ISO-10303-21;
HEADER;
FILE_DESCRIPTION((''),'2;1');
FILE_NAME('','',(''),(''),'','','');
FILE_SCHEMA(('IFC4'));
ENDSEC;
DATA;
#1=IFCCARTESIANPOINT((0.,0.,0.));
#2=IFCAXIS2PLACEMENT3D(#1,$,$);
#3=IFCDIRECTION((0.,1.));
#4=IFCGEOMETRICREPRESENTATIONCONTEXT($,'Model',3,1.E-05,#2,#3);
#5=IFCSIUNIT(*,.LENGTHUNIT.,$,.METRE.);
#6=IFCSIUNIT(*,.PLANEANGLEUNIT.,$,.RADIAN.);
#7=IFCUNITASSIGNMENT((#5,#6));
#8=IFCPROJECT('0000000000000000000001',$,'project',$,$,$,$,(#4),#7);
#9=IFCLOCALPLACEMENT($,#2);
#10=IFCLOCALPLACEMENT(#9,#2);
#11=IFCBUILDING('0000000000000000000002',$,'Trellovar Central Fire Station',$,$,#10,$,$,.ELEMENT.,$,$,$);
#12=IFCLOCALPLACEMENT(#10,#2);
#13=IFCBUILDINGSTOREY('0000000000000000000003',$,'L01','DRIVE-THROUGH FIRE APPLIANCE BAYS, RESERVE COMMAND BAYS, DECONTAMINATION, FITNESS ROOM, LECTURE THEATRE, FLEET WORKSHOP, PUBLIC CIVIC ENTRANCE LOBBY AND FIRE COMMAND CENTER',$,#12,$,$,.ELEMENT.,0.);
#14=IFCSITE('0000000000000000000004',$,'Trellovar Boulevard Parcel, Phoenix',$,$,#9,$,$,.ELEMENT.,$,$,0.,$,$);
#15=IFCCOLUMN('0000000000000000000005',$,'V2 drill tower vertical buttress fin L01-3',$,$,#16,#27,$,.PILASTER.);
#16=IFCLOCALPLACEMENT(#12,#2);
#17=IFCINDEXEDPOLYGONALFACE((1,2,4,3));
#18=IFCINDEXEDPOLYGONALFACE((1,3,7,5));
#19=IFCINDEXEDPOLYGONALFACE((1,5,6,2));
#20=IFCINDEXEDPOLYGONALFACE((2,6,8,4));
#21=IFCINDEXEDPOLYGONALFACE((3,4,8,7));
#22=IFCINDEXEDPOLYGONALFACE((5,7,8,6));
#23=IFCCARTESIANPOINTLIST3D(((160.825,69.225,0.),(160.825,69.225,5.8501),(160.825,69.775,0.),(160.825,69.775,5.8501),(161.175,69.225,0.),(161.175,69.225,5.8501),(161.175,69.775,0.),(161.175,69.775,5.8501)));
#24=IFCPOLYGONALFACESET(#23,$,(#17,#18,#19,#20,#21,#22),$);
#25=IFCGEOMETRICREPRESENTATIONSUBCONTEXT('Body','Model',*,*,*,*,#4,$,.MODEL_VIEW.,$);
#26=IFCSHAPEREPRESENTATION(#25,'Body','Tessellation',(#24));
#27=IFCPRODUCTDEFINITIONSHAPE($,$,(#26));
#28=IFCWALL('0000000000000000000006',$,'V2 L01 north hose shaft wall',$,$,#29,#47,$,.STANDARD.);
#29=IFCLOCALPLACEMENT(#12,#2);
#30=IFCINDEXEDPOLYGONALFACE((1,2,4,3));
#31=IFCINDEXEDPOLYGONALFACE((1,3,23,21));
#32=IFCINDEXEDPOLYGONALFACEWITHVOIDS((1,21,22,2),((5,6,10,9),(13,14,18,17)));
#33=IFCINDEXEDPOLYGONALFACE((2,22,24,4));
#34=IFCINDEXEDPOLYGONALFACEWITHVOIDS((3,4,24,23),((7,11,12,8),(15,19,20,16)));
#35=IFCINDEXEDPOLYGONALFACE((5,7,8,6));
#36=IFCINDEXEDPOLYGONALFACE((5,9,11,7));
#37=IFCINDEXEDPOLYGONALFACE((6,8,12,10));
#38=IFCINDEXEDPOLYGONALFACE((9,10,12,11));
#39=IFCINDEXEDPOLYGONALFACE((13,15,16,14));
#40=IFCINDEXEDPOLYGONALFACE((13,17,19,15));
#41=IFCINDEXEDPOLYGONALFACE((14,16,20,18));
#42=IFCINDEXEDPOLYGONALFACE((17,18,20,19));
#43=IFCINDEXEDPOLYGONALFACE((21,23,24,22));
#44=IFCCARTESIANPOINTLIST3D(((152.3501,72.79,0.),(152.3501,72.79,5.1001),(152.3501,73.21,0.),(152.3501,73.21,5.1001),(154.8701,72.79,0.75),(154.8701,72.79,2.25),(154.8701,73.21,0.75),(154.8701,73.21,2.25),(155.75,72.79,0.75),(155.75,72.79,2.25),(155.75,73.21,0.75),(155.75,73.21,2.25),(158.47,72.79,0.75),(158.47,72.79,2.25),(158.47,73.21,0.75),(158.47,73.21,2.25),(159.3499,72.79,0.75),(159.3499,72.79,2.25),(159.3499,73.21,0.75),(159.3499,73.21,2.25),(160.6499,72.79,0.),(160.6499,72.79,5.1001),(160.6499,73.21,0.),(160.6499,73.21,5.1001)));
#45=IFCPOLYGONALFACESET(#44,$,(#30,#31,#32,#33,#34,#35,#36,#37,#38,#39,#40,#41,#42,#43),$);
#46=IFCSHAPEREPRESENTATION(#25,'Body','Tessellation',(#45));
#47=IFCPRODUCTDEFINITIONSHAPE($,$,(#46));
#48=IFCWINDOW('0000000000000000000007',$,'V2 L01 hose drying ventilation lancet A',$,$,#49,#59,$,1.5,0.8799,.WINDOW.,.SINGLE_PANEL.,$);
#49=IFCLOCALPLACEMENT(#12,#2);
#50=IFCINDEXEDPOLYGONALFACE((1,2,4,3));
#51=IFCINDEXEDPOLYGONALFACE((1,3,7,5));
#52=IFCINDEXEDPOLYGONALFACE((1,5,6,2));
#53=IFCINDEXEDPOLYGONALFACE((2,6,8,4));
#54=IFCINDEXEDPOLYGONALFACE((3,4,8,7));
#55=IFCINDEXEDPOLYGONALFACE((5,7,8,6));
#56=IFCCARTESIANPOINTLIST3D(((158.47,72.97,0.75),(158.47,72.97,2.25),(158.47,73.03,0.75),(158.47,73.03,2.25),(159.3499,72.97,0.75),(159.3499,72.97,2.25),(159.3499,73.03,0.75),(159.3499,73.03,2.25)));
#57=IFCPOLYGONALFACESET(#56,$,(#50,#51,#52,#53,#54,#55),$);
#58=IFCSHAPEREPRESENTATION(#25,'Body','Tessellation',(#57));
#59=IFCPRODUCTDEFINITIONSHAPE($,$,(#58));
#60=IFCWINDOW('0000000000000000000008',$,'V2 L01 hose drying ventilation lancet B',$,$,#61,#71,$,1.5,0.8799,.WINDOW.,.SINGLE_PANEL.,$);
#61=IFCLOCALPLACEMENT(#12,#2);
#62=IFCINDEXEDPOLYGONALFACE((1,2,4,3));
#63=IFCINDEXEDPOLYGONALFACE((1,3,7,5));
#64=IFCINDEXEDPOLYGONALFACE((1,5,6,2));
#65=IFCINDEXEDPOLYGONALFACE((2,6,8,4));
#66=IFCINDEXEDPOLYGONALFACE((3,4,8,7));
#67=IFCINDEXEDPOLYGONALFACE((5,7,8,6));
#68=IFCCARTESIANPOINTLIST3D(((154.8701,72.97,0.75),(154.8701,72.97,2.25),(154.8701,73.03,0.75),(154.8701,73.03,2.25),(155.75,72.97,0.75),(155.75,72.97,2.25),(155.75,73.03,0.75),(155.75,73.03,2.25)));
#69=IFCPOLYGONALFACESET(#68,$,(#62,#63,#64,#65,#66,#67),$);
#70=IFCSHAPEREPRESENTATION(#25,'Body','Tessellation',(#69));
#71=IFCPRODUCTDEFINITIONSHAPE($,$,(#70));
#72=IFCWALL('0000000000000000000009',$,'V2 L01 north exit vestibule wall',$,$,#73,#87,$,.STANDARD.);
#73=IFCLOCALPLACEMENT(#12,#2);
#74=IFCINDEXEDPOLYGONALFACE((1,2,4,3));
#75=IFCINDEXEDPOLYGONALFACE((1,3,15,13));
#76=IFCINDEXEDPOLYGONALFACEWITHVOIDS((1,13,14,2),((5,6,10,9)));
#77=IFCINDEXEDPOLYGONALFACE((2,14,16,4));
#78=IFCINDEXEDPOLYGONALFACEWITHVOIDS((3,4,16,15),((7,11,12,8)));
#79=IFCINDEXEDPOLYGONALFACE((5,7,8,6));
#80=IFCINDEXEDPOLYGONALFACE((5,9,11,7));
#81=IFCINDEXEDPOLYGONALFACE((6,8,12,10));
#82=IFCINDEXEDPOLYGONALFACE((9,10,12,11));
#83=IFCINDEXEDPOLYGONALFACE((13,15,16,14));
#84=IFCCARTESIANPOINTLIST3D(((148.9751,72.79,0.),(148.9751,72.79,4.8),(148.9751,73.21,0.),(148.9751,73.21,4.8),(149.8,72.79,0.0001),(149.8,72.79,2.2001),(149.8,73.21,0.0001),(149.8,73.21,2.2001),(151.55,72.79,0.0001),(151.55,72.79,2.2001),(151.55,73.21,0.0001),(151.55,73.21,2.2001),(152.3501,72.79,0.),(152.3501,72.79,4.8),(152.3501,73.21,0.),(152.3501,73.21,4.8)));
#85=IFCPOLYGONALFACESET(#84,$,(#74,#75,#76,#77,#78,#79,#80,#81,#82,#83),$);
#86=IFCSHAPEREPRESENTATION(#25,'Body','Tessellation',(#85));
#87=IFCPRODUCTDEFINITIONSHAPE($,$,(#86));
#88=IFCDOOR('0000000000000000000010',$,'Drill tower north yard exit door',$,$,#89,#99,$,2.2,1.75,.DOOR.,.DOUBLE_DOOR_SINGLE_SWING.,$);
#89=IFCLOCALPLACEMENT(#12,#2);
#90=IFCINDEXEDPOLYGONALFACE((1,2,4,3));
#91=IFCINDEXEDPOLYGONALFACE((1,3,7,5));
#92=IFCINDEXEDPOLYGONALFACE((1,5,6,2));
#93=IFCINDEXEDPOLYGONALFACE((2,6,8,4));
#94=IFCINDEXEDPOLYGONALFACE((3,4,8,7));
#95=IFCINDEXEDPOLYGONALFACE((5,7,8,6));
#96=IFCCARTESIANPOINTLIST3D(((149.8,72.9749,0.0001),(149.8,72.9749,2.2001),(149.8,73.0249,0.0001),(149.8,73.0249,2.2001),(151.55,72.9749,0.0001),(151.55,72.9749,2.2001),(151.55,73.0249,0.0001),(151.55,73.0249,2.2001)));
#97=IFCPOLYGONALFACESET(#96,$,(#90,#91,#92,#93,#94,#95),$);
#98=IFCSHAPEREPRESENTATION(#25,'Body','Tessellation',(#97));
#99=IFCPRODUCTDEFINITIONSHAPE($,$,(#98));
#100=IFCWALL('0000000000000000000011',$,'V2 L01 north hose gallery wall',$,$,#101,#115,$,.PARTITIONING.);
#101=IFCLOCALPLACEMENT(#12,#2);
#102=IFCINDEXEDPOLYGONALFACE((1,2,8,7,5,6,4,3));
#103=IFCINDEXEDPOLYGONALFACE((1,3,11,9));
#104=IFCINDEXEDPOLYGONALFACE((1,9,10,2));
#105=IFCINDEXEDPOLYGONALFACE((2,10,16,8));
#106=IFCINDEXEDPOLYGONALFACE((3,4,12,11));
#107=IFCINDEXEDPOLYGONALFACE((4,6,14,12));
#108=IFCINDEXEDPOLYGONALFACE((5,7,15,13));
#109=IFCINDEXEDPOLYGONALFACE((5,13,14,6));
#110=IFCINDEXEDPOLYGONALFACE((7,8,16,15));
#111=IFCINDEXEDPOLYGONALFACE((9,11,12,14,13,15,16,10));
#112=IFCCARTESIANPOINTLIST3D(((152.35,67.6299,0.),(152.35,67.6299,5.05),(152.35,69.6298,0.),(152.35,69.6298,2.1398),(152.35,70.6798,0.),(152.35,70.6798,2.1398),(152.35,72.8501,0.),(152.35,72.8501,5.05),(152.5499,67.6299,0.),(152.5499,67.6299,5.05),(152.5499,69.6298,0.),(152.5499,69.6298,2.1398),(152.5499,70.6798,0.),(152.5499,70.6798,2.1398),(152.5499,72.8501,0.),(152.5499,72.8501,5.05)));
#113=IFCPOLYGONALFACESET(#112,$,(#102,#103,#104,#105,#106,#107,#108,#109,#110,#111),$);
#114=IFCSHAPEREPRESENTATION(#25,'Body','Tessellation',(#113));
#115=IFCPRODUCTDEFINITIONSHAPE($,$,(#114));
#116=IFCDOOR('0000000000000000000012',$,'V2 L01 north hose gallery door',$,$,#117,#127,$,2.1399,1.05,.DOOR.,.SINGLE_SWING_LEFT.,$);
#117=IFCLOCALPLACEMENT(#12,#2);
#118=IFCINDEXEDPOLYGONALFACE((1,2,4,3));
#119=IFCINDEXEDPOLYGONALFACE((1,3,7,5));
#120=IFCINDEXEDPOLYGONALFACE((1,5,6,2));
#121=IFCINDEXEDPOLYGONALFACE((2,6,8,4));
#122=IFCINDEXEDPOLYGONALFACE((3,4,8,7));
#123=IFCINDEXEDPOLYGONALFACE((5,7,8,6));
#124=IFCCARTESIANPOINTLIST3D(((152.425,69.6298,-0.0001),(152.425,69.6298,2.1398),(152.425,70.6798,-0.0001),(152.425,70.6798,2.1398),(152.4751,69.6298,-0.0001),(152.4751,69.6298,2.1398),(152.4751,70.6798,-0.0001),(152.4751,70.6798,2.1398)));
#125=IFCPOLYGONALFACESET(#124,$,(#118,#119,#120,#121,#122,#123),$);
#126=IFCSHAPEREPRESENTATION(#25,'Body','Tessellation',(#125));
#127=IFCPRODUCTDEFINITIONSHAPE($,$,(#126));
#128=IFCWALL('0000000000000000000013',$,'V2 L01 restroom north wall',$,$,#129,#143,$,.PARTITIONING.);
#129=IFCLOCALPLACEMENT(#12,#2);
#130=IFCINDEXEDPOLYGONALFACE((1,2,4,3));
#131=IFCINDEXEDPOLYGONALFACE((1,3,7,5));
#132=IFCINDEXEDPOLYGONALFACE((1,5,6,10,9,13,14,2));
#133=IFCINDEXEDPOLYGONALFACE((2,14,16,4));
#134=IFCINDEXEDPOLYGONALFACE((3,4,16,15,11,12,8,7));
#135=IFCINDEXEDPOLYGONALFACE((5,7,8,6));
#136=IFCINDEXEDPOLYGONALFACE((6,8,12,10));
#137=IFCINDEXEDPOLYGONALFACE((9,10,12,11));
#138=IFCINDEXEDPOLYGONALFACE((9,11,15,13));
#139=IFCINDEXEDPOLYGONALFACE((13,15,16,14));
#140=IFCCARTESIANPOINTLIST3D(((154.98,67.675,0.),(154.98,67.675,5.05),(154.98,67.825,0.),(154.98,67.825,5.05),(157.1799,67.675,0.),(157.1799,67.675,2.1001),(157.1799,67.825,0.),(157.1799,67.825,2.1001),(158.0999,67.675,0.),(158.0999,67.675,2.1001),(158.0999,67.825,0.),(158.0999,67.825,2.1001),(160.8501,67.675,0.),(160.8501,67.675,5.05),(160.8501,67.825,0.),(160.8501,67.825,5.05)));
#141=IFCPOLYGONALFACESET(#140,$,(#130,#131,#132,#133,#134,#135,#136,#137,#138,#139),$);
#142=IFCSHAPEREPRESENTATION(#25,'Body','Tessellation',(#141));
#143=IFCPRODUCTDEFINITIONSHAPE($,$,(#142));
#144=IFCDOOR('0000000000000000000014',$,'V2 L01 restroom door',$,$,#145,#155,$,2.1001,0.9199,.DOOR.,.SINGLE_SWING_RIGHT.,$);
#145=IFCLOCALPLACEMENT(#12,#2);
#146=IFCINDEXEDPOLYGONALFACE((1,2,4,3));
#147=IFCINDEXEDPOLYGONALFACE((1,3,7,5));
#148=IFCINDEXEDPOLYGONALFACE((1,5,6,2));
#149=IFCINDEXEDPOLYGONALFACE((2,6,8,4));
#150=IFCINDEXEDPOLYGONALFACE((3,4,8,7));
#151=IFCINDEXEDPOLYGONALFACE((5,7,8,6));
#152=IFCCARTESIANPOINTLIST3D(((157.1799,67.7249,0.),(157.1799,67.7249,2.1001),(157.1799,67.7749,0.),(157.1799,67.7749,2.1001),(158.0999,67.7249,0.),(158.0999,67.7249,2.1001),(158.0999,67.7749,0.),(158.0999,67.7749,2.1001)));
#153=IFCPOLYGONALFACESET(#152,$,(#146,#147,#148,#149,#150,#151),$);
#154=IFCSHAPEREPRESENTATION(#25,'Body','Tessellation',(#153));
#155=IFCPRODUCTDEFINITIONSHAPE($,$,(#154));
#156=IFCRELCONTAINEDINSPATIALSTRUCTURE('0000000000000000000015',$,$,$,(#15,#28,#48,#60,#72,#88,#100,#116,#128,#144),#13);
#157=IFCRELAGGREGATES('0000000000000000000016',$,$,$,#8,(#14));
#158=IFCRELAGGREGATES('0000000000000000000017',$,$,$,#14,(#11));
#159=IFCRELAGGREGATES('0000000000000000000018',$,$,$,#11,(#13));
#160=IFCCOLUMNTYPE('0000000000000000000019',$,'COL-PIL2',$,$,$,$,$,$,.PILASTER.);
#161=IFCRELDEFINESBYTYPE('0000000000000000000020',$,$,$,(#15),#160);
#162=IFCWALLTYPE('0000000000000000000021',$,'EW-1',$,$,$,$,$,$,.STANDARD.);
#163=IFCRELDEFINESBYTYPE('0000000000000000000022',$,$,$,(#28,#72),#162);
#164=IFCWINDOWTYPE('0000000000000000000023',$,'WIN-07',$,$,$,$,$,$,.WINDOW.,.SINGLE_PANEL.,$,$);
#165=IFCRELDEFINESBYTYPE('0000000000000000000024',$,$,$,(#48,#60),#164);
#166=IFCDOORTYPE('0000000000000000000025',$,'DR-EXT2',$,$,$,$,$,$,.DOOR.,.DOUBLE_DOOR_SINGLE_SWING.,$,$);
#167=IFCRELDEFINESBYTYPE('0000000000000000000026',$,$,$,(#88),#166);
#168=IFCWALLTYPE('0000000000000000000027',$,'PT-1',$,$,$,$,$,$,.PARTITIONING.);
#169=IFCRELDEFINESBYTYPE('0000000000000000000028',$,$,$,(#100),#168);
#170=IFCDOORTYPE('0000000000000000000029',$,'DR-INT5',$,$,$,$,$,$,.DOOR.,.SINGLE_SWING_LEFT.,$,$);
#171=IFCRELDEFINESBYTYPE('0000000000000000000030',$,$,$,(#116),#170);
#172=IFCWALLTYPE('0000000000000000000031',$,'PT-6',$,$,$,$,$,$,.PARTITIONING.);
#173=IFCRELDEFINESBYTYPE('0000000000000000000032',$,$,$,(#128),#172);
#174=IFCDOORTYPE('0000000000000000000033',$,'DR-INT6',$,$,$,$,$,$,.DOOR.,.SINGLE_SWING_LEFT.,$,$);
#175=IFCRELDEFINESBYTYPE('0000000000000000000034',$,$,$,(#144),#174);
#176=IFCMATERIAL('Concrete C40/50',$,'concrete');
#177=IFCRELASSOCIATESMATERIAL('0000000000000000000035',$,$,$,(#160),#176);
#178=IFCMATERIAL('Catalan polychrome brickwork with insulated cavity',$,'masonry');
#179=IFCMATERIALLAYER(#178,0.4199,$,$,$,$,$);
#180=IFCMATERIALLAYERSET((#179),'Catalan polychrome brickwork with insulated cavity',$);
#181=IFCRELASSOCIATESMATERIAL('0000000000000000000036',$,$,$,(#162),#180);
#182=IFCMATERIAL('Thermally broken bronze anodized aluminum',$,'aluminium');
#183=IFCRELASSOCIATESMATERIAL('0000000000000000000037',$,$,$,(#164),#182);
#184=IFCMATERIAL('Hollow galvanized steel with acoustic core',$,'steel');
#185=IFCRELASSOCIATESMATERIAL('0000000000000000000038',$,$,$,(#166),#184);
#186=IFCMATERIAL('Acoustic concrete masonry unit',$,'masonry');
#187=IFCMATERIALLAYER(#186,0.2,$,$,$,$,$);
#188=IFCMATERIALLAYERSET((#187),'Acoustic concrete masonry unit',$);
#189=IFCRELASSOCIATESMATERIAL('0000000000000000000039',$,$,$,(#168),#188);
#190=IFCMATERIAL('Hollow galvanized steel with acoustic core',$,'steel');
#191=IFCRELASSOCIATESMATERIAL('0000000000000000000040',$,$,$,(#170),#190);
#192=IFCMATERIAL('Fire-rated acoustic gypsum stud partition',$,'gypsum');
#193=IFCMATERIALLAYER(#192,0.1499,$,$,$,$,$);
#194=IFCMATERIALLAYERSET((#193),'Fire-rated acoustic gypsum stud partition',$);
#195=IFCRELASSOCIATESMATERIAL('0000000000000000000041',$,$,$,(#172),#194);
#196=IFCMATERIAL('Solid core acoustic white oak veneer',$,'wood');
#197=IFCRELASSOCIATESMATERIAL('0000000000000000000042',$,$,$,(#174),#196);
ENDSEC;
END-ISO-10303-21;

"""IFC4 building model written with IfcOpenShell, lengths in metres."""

from ifc_helpers import new_model, si_unit, direction, frame, frame_2d, origin, origin_2d, place, context, subcontext, project, spatial, rectangle, extrude, material, layer, layer_set, material_profile, profile_set, type_object, element, fill, save


model = new_model("IFC4")

# Units and contexts
model_context = context("Model", 3, precision=1e-05, world=origin(), true_north=direction((0.0, 1.0)))
body_context = subcontext(model_context, "Body", "Model", "MODEL_VIEW")
ifc_project = project(units=[si_unit("LENGTHUNIT", "METRE"), si_unit("PLANEANGLEUNIT", "RADIAN")], contexts=[model_context])

# Site, building, storey
site_placement = place(None, origin())
site = spatial("IfcSite", under=ifc_project, at=site_placement, Name="Trellovar Boulevard Parcel, Phoenix", CompositionType="ELEMENT", RefElevation=0.0)
building_placement = place(site_placement, origin())
building = spatial("IfcBuilding", under=site, at=building_placement, Name="Trellovar Central Fire Station", CompositionType="ELEMENT")
storey_placement = place(building_placement, origin())
storey = spatial("IfcBuildingStorey", under=building, at=storey_placement, Name="L01", Description="DRIVE-THROUGH FIRE APPLIANCE BAYS, RESERVE COMMAND BAYS, DECONTAMINATION, FITNESS ROOM, LECTURE THEATRE, FLEET WORKSHOP, PUBLIC CIVIC ENTRANCE LOBBY AND FIRE COMMAND CENTER", CompositionType="ELEMENT", Elevation=0.0)

# Column
ifc_material_1 = material(Name="Concrete C40/50", Category="concrete")
ifc_material_profile_1 = material_profile(ifc_material_1, rectangle(XDim=0.3501, YDim=0.55, at=origin_2d()), Name="RC350X550")
ifc_profile_set_1 = profile_set([ifc_material_profile_1], Name="Concrete C40/50")
column_type_1 = type_object("IfcColumnType", Name="COL-PIL2", PredefinedType="PILASTER", material=ifc_profile_set_1)
column_1_placement = place(storey_placement, frame((161.0, 69.5, 0.0), z_axis=(0.0, 0.0, 1.0), x_axis=(1.0, 0.0, 0.0)))
element("IfcColumn", 1, at=column_1_placement, inside=storey, type_object=column_type_1, Name="V2 drill tower vertical buttress fin L01-3", PredefinedType="PILASTER", context=body_context, shape_type="SweptSolid", body=[
    extrude(rectangle(XDim=0.3501, YDim=0.55, at=origin_2d()), origin(), (0.0, 0.0, 1.0), 5.8501),
])

# Wall, openings, windows
ifc_material_2 = material(Name="Catalan polychrome brickwork with insulated cavity", Category="masonry")
ifc_layer_1 = layer(ifc_material_2, 0.4199)
ifc_layer_set_1 = layer_set([ifc_layer_1], Name="Catalan polychrome brickwork with insulated cavity")
wall_type_1 = type_object("IfcWallType", Name="EW-1", PredefinedType="STANDARD", material=ifc_layer_set_1)
wall_1_placement = place(storey_placement, frame((160.6499, 73.0, 0.0), z_axis=(0.0, 0.0, 1.0), x_axis=(-1.0, 0.0, 0.0)))
wall_1 = element("IfcWall", 2, at=wall_1_placement, inside=storey, type_object=wall_type_1, Name="V2 L01 north hose shaft wall", PredefinedType="STANDARD", context=body_context, shape_type="SweptSolid", body=[
    extrude(rectangle(XDim=8.2998, YDim=0.4199, at=frame_2d((4.1499, 0.0))), origin(), (0.0, 0.0, 1.0), 5.1001),
])
opening_1_placement = place(wall_1_placement, frame((1.3, 0.0, 0.75)))
opening_1 = element("IfcOpeningElement", 3, at=opening_1_placement, cuts=wall_1, PredefinedType="OPENING", context=body_context, shape_type="SweptSolid", body=[
    extrude(rectangle(XDim=0.8799, YDim=1.5, at=frame_2d((0.4399, 0.75))), frame((0.0, 0.22, 0.0), z_axis=(0.0, -1.0, 0.0), x_axis=(1.0, 0.0, 0.0)), (0.0, 0.0, 1.0), 0.4399),
])
opening_2_placement = place(wall_1_placement, frame((4.8999, 0.0, 0.75)))
opening_2 = element("IfcOpeningElement", 4, at=opening_2_placement, cuts=wall_1, PredefinedType="OPENING", context=body_context, shape_type="SweptSolid", body=[
    extrude(rectangle(XDim=0.8799, YDim=1.5, at=frame_2d((0.4399, 0.75))), frame((0.0, 0.22, 0.0), z_axis=(0.0, -1.0, 0.0), x_axis=(1.0, 0.0, 0.0)), (0.0, 0.0, 1.0), 0.4399),
])
ifc_material_3 = material(Name="Thermally broken bronze anodized aluminum", Category="aluminium")
window_type = type_object("IfcWindowType", Name="WIN-07", PartitioningType="SINGLE_PANEL", PredefinedType="WINDOW", material=ifc_material_3)
window_1_placement = place(opening_1_placement, origin())
window_1 = element("IfcWindow", 5, at=window_1_placement, inside=storey, type_object=window_type, Name="V2 L01 hose drying ventilation lancet A", OverallHeight=1.5, OverallWidth=0.8799, PartitioningType="SINGLE_PANEL", PredefinedType="WINDOW", context=body_context, shape_type="SweptSolid", body=[
    extrude(rectangle(XDim=0.8799, YDim=1.5, at=frame_2d((0.4399, 0.75))), frame((0.0, 0.03, 0.0), z_axis=(0.0, -1.0, 0.0), x_axis=(1.0, 0.0, 0.0)), (0.0, 0.0, 1.0), 0.0601),
])
fill(opening_1, window_1)
window_2_placement = place(opening_2_placement, origin())
window_2 = element("IfcWindow", 6, at=window_2_placement, inside=storey, type_object=window_type, Name="V2 L01 hose drying ventilation lancet B", OverallHeight=1.5, OverallWidth=0.8799, PartitioningType="SINGLE_PANEL", PredefinedType="WINDOW", context=body_context, shape_type="SweptSolid", body=[
    extrude(rectangle(XDim=0.8799, YDim=1.5, at=frame_2d((0.4399, 0.75))), frame((0.0, 0.03, 0.0), z_axis=(0.0, -1.0, 0.0), x_axis=(1.0, 0.0, 0.0)), (0.0, 0.0, 1.0), 0.0601),
])
fill(opening_2, window_2)

# Walls, openings, doors
wall_2_placement = place(storey_placement, frame((152.3501, 73.0, 0.0), z_axis=(0.0, 0.0, 1.0), x_axis=(-1.0, 0.0, 0.0)))
wall_2 = element("IfcWall", 7, at=wall_2_placement, inside=storey, type_object=wall_type_1, Name="V2 L01 north exit vestibule wall", PredefinedType="STANDARD", context=body_context, shape_type="SweptSolid", body=[
    extrude(rectangle(XDim=3.375, YDim=0.4199, at=frame_2d((1.6875, 0.0))), origin(), (0.0, 0.0, 1.0), 4.8),
])
opening_3_placement = place(wall_2_placement, frame((0.8, 0.0, 0.0)))
opening_3 = element("IfcOpeningElement", 8, at=opening_3_placement, cuts=wall_2, PredefinedType="OPENING", context=body_context, shape_type="SweptSolid", body=[
    extrude(rectangle(XDim=1.75, YDim=2.2, at=frame_2d((0.875, 1.1001))), frame((0.0, 0.22, 0.0), z_axis=(0.0, -1.0, 0.0), x_axis=(1.0, 0.0, 0.0)), (0.0, 0.0, 1.0), 0.4399),
])
ifc_material_4 = material(Name="Hollow galvanized steel with acoustic core", Category="steel")
door_type_1 = type_object("IfcDoorType", Name="DR-EXT2", OperationType="DOUBLE_DOOR_SINGLE_SWING", PredefinedType="DOOR", material=ifc_material_4)
door_1_placement = place(opening_3_placement, frame((1.75, 0.0, 0.0), z_axis=(0.0, 0.0, 1.0), x_axis=(-1.0, 0.0, 0.0)))
door_1 = element("IfcDoor", 9, at=door_1_placement, inside=storey, type_object=door_type_1, Name="Drill tower north yard exit door", OperationType="DOUBLE_DOOR_SINGLE_SWING", OverallHeight=2.2, OverallWidth=1.75, PredefinedType="DOOR", context=body_context, shape_type="SweptSolid", body=[
    extrude(rectangle(XDim=1.75, YDim=2.2, at=frame_2d((0.875, 1.1001))), frame((0.0, 0.0249, 0.0), z_axis=(0.0, -1.0, 0.0), x_axis=(1.0, 0.0, 0.0)), (0.0, 0.0, 1.0), 0.05),
])
fill(opening_3, door_1)
ifc_material_5 = material(Name="Acoustic concrete masonry unit", Category="masonry")
ifc_layer_2 = layer(ifc_material_5, 0.2)
ifc_layer_set_2 = layer_set([ifc_layer_2], Name="Acoustic concrete masonry unit")
wall_type_2 = type_object("IfcWallType", Name="PT-1", PredefinedType="PARTITIONING", material=ifc_layer_set_2)
wall_3_placement = place(storey_placement, frame((152.45, 67.6299, 0.0), z_axis=(0.0, 0.0, 1.0), x_axis=(0.0, 1.0, 0.0)))
wall_3 = element("IfcWall", 10, at=wall_3_placement, inside=storey, type_object=wall_type_2, Name="V2 L01 north hose gallery wall", PredefinedType="PARTITIONING", context=body_context, shape_type="SweptSolid", body=[
    extrude(rectangle(XDim=5.2202, YDim=0.2, at=frame_2d((2.6101, 0.0))), origin(), (0.0, 0.0, 1.0), 5.05),
])
opening_4_placement = place(wall_3_placement, frame((2.0, 0.0, 0.0)))
opening_4 = element("IfcOpeningElement", 11, at=opening_4_placement, cuts=wall_3, PredefinedType="OPENING", context=body_context, shape_type="SweptSolid", body=[
    extrude(rectangle(XDim=1.05, YDim=2.1399, at=frame_2d((0.5249, 1.0698))), frame((0.0, 0.1099, 0.0), z_axis=(0.0, -1.0, 0.0), x_axis=(1.0, 0.0, 0.0)), (0.0, 0.0, 1.0), 0.22),
])
ifc_material_6 = material(Name="Hollow galvanized steel with acoustic core", Category="steel")
door_type_2 = type_object("IfcDoorType", Name="DR-INT5", OperationType="SINGLE_SWING_LEFT", PredefinedType="DOOR", material=ifc_material_6)
door_2_placement = place(opening_4_placement, origin())
door_2 = element("IfcDoor", 12, at=door_2_placement, inside=storey, type_object=door_type_2, Name="V2 L01 north hose gallery door", OperationType="SINGLE_SWING_LEFT", OverallHeight=2.1399, OverallWidth=1.05, PredefinedType="DOOR", context=body_context, shape_type="SweptSolid", body=[
    extrude(rectangle(XDim=1.05, YDim=2.1399, at=frame_2d((0.5249, 1.0698))), frame((0.0, 0.0249, 0.0), z_axis=(0.0, -1.0, 0.0), x_axis=(1.0, 0.0, 0.0)), (0.0, 0.0, 1.0), 0.05),
])
fill(opening_4, door_2)
ifc_material_7 = material(Name="Fire-rated acoustic gypsum stud partition", Category="gypsum")
ifc_layer_3 = layer(ifc_material_7, 0.1499)
ifc_layer_set_3 = layer_set([ifc_layer_3], Name="Fire-rated acoustic gypsum stud partition")
wall_type_3 = type_object("IfcWallType", Name="PT-6", PredefinedType="PARTITIONING", material=ifc_layer_set_3)
wall_4_placement = place(storey_placement, frame((154.98, 67.75, 0.0), z_axis=(0.0, 0.0, 1.0), x_axis=(1.0, 0.0, 0.0)))
wall_4 = element("IfcWall", 13, at=wall_4_placement, inside=storey, type_object=wall_type_3, Name="V2 L01 restroom north wall", PredefinedType="PARTITIONING", context=body_context, shape_type="SweptSolid", body=[
    extrude(rectangle(XDim=5.8701, YDim=0.1499, at=frame_2d((2.9351, 0.0))), origin(), (0.0, 0.0, 1.0), 5.05),
])
opening_5_placement = place(wall_4_placement, frame((2.2, 0.0, 0.0)))
opening_5 = element("IfcOpeningElement", 14, at=opening_5_placement, cuts=wall_4, PredefinedType="OPENING", context=body_context, shape_type="SweptSolid", body=[
    extrude(rectangle(XDim=0.9199, YDim=2.1001, at=frame_2d((0.46, 1.05))), frame((0.0, 0.085, 0.0), z_axis=(0.0, -1.0, 0.0), x_axis=(1.0, 0.0, 0.0)), (0.0, 0.0, 1.0), 0.1699),
])
ifc_material_8 = material(Name="Solid core acoustic white oak veneer", Category="wood")
door_type_3 = type_object("IfcDoorType", Name="DR-INT6", OperationType="SINGLE_SWING_LEFT", PredefinedType="DOOR", material=ifc_material_8)
door_3_placement = place(opening_5_placement, origin())
door_3 = element("IfcDoor", 15, at=door_3_placement, inside=storey, type_object=door_type_3, Name="V2 L01 restroom door", OperationType="SINGLE_SWING_RIGHT", OverallHeight=2.1001, OverallWidth=0.9199, PredefinedType="DOOR", context=body_context, shape_type="SweptSolid", body=[
    extrude(rectangle(XDim=0.9199, YDim=2.1001, at=frame_2d((0.46, 1.05))), frame((0.0, 0.0249, 0.0), z_axis=(0.0, -1.0, 0.0), x_axis=(1.0, 0.0, 0.0)), (0.0, 0.0, 1.0), 0.05),
])
fill(opening_5, door_3)

save(model, "model.ifc")
